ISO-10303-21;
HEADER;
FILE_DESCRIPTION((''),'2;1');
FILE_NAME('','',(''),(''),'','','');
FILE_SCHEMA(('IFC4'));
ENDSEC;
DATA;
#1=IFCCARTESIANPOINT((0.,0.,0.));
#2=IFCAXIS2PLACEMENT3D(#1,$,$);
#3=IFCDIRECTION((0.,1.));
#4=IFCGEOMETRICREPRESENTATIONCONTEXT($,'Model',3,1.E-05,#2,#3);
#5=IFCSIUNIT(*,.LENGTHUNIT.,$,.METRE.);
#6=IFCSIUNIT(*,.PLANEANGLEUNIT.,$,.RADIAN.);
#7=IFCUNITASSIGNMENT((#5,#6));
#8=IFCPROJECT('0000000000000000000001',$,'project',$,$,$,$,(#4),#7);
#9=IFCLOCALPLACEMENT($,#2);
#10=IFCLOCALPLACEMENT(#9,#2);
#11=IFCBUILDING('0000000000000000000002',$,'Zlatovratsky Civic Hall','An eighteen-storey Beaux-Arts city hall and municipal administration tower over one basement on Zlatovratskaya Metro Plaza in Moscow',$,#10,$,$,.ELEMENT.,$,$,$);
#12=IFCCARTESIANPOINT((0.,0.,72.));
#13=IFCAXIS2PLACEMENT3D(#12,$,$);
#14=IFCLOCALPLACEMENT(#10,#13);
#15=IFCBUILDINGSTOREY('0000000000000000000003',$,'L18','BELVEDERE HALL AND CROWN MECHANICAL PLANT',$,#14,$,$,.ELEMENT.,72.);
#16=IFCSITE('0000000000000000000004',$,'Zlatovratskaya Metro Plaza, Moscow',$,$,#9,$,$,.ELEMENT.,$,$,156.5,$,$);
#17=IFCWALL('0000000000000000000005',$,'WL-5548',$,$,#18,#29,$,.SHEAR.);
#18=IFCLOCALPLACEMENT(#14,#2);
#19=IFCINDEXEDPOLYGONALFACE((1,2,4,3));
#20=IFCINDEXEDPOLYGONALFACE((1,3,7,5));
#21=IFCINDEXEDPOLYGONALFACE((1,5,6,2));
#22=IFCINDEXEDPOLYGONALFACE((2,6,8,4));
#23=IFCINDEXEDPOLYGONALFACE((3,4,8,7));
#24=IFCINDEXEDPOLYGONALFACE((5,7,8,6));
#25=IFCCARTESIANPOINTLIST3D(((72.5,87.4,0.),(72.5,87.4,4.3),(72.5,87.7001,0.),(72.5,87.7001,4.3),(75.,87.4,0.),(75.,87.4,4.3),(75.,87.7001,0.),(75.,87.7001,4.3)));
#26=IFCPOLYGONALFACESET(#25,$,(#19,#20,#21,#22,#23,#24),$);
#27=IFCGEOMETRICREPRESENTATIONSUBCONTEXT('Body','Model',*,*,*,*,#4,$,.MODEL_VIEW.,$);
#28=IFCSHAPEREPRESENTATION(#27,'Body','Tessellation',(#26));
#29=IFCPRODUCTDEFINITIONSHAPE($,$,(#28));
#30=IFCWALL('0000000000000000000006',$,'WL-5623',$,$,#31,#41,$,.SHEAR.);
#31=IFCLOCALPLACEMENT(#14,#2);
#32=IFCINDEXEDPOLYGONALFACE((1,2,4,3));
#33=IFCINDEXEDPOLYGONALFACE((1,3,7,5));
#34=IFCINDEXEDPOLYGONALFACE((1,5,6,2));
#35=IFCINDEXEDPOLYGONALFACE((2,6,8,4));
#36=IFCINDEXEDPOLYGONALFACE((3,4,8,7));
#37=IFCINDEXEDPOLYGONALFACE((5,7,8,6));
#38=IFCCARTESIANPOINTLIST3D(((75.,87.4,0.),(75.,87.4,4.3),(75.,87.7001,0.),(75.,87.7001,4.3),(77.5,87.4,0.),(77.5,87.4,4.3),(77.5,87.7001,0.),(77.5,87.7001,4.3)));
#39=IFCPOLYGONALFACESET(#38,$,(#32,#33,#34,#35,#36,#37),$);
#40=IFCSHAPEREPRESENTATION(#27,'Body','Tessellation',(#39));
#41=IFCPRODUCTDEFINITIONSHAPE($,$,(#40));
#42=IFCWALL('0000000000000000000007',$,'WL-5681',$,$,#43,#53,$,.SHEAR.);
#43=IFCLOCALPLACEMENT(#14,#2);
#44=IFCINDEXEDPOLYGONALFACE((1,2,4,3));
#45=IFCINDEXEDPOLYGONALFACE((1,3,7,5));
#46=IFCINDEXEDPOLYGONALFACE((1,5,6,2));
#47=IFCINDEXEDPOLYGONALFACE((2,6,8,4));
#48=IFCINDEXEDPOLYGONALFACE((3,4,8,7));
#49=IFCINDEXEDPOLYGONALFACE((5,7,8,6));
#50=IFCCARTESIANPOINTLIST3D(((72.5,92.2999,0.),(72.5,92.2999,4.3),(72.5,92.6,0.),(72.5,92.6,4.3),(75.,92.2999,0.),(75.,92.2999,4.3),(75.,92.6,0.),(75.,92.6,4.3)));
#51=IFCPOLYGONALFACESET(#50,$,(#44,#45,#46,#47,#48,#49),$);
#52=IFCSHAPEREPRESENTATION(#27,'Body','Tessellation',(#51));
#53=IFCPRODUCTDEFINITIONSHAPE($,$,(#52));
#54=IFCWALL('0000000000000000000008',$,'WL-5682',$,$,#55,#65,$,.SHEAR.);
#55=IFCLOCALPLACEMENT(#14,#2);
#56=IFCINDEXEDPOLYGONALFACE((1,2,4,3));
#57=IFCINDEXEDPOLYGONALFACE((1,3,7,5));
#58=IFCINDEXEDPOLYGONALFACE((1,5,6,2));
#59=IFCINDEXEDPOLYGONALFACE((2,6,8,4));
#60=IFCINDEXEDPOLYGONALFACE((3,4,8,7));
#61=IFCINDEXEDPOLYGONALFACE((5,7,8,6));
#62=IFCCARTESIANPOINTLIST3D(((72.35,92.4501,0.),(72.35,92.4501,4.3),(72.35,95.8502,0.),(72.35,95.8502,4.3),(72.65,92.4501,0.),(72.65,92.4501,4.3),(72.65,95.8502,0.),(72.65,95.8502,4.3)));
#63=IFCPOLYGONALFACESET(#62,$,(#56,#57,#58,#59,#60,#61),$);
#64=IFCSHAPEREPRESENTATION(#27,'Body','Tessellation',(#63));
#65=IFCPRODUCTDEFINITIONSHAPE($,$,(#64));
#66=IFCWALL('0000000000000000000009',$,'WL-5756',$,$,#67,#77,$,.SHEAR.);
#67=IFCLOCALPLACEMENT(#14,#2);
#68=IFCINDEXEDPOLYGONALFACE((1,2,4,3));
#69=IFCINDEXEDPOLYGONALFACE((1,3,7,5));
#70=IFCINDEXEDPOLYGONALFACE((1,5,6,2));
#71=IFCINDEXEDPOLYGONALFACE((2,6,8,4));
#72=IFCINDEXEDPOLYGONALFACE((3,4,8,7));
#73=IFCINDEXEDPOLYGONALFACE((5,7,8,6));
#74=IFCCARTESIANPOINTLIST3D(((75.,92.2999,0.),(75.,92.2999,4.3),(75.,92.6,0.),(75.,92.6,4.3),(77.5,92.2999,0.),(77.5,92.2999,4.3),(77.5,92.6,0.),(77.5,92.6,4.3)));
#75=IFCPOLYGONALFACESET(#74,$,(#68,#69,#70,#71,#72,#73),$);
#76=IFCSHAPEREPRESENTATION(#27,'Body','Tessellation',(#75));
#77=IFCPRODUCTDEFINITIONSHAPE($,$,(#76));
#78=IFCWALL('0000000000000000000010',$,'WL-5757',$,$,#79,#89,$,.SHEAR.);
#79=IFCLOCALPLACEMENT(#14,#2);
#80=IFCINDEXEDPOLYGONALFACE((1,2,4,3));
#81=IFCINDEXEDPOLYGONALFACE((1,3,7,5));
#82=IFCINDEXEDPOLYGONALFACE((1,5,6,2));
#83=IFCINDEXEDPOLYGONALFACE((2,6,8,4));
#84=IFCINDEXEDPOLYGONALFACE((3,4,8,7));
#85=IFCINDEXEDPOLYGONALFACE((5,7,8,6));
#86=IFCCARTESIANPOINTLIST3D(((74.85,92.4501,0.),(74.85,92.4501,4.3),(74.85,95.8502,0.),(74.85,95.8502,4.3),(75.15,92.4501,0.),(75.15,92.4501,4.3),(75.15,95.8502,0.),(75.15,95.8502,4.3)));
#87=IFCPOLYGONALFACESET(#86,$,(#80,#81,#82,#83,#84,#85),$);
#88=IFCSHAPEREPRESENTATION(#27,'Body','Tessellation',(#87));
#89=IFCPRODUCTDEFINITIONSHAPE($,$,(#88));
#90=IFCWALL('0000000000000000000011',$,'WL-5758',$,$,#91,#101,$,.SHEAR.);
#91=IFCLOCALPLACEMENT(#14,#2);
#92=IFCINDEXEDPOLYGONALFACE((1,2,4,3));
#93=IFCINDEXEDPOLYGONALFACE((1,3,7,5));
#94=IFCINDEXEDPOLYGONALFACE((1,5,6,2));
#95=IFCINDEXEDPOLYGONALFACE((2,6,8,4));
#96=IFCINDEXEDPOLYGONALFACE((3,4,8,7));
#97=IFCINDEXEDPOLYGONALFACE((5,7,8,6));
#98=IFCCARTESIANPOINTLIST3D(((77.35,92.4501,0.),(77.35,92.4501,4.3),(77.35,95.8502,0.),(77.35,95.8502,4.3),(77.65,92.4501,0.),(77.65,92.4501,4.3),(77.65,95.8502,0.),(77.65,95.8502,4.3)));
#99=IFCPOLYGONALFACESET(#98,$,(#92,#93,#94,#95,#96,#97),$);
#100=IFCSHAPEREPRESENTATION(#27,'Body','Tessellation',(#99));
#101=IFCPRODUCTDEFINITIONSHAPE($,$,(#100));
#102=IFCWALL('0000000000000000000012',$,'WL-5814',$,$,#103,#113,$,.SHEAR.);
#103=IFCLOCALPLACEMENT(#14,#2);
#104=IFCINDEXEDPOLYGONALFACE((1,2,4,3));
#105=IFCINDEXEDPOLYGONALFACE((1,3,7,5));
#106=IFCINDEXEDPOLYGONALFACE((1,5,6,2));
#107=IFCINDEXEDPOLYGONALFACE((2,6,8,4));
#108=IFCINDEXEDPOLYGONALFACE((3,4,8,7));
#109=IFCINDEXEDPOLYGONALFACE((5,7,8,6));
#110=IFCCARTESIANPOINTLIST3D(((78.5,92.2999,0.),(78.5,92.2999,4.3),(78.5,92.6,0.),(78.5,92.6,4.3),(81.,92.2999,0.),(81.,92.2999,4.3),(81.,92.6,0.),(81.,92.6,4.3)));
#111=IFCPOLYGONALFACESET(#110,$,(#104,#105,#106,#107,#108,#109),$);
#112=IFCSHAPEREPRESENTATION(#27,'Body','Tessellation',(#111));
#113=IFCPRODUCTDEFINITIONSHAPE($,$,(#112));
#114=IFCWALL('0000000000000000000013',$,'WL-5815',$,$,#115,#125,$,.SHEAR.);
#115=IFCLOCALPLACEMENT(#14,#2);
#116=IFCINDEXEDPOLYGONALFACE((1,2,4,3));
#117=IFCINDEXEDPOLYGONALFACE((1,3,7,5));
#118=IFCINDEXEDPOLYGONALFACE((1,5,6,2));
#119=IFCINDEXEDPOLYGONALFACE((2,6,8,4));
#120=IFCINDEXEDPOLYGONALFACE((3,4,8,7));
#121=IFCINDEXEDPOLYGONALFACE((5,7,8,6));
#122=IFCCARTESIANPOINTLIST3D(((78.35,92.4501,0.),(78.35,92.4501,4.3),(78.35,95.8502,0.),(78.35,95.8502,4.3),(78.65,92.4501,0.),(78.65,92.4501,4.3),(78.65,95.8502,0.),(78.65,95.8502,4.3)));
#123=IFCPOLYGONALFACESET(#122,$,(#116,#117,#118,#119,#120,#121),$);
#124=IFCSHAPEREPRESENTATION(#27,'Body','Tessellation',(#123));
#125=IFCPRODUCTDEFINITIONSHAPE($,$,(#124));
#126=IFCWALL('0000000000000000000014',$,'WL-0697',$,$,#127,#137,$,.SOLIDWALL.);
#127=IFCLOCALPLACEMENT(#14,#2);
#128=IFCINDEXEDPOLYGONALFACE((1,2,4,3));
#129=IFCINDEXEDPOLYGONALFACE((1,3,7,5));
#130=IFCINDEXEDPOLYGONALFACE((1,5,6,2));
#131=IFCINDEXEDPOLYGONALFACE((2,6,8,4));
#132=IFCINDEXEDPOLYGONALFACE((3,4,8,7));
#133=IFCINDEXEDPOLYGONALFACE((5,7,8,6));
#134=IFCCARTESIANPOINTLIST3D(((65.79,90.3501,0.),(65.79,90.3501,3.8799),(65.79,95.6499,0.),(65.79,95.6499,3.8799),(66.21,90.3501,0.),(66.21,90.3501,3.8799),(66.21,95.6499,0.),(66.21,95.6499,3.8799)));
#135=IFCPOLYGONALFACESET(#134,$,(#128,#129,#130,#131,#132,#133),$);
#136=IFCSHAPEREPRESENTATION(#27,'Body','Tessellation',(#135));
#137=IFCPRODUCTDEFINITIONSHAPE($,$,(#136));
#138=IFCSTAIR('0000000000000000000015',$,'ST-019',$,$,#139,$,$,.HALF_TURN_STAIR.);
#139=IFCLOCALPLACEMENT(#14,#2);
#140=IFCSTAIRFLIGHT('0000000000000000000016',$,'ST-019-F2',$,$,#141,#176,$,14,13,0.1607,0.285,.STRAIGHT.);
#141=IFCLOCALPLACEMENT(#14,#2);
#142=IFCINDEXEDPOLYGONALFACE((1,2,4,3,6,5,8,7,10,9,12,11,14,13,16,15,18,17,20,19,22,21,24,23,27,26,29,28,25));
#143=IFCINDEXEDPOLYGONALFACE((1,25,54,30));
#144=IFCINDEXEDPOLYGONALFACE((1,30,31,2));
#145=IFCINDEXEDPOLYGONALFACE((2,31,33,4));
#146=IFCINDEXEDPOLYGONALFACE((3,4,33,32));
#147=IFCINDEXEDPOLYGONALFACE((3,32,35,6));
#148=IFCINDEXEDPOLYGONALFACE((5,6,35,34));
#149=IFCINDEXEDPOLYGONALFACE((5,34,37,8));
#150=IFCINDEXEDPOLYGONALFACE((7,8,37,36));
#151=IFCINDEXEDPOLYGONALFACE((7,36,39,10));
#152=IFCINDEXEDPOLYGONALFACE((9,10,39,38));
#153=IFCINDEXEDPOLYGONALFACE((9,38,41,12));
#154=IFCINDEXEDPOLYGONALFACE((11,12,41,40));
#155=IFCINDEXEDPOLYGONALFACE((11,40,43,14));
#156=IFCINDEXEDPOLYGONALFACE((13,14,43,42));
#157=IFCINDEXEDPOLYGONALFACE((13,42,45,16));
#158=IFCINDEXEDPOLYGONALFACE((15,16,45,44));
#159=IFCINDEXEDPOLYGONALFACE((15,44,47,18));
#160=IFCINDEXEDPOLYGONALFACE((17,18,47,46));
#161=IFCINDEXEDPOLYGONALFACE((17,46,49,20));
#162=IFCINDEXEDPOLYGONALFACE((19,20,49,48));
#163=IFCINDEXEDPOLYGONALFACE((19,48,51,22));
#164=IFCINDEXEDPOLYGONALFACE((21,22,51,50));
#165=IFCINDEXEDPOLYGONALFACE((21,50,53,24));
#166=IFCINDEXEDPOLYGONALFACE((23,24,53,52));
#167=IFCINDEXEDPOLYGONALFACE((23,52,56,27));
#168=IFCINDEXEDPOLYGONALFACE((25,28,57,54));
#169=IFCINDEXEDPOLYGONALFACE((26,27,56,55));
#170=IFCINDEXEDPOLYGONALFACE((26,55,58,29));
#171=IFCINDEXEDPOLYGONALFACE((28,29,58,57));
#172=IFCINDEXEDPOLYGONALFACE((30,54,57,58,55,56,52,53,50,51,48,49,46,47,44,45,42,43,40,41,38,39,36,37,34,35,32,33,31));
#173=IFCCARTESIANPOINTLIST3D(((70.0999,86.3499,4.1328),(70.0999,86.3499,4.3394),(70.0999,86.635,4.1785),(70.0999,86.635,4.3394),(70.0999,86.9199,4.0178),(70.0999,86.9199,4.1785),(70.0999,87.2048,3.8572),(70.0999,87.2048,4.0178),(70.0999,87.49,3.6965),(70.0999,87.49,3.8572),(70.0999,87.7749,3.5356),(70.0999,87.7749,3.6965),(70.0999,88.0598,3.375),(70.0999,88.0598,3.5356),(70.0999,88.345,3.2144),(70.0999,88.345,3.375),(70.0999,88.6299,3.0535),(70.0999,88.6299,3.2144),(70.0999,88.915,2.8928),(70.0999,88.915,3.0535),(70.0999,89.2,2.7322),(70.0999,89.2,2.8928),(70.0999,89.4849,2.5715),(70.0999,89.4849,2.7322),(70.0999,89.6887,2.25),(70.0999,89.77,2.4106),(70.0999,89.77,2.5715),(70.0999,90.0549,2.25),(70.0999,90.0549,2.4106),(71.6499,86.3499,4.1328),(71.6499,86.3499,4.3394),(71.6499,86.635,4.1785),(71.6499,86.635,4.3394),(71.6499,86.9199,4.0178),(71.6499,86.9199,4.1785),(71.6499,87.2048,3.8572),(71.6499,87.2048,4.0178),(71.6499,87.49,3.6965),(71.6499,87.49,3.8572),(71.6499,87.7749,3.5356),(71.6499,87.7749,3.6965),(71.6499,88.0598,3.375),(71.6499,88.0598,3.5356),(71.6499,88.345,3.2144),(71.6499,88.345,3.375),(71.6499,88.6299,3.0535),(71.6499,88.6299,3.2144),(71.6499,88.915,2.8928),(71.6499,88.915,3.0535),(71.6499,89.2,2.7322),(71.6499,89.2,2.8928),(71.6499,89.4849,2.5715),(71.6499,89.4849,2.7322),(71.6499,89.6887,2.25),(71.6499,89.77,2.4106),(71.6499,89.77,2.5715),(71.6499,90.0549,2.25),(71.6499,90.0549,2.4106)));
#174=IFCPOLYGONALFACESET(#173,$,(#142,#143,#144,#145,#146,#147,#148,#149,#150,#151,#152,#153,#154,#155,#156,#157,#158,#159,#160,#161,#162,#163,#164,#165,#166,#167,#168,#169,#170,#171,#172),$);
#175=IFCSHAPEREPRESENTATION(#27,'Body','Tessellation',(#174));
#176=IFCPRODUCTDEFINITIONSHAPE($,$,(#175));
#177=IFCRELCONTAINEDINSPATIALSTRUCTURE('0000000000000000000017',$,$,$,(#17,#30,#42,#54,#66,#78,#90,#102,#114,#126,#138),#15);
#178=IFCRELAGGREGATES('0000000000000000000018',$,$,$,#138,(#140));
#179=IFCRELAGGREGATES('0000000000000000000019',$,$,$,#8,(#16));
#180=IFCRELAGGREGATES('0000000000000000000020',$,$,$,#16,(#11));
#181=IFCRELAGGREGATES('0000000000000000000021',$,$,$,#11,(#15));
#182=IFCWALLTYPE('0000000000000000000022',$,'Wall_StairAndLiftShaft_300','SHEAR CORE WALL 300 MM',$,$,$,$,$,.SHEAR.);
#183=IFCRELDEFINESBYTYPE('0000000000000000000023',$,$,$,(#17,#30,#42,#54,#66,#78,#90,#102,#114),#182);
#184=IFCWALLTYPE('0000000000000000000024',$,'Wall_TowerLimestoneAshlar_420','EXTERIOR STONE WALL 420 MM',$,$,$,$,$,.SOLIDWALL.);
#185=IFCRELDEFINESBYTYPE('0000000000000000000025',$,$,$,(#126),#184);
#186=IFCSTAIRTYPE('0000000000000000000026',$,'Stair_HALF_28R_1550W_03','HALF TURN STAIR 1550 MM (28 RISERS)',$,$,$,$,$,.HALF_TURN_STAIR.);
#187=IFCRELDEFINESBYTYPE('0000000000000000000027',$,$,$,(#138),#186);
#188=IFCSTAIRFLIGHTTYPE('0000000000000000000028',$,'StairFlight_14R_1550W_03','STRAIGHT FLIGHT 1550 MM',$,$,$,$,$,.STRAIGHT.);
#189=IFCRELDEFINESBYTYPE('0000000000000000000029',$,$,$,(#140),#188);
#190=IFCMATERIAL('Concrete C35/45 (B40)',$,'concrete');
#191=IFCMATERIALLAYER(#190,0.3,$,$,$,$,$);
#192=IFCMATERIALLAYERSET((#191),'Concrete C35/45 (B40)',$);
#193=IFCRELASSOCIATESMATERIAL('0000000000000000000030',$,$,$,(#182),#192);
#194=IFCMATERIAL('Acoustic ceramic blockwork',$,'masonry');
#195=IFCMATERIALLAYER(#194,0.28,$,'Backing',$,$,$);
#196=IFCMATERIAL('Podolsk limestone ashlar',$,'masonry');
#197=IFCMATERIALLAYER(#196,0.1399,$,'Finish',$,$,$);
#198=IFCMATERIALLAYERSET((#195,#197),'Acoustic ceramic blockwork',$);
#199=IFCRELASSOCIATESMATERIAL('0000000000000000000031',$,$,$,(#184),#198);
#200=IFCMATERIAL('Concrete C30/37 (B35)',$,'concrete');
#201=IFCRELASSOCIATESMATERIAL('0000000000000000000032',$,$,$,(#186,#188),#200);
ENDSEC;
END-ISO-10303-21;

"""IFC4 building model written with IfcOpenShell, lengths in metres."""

from ifc_helpers import new_model, si_unit, direction, frame, frame_2d, origin, place, context, subcontext, project, spatial, polyline, rectangle, outline, extrude, material, layer, layer_set, type_object, element, aggregate, save


model = new_model("IFC4")

# Units and contexts
model_context = context("Model", 3, precision=1e-05, world=origin(), true_north=direction((0.0, 1.0)))
body_context = subcontext(model_context, "Body", "Model", "MODEL_VIEW")
ifc_project = project(units=[si_unit("LENGTHUNIT", "METRE"), si_unit("PLANEANGLEUNIT", "RADIAN")], contexts=[model_context])

# Site, building, storey
site_placement = place(None, origin())
site = spatial("IfcSite", under=ifc_project, at=site_placement, Name="Zlatovratskaya Metro Plaza, Moscow", CompositionType="ELEMENT", RefElevation=156.5)
building_placement = place(site_placement, origin())
building = spatial("IfcBuilding", under=site, at=building_placement, Name="Zlatovratsky Civic Hall", Description="An eighteen-storey Beaux-Arts city hall and municipal administration tower over one basement on Zlatovratskaya Metro Plaza in Moscow", CompositionType="ELEMENT")
storey_placement = place(building_placement, frame((0.0, 0.0, 72.0)))
storey = spatial("IfcBuildingStorey", under=building, at=storey_placement, Name="L18", Description="BELVEDERE HALL AND CROWN MECHANICAL PLANT", CompositionType="ELEMENT", Elevation=72.0)

# Shared definitions
ifc_material_1 = material(Name="Concrete C35/45 (B40)", Category="concrete")

# Walls
ifc_material_2 = material(Name="Acoustic ceramic blockwork", Category="masonry")
ifc_layer_1 = layer(ifc_material_1, 0.3)
ifc_layer_set_1 = layer_set([ifc_layer_1], Name="Concrete C35/45 (B40)")
wall_type_1 = type_object("IfcWallType", Name="Wall_StairAndLiftShaft_300", Description="SHEAR CORE WALL 300 MM", PredefinedType="SHEAR", material=ifc_layer_set_1)
for number, where, z_axis, x_axis, name in (
    (1, (72.5, 87.55, 0.0), (0.0, 0.0, 1.0), (1.0, 0.0, 0.0), "WL-5548"),
    (2, (75.0, 87.55, 0.0), (0.0, 0.0, 1.0), (1.0, 0.0, 0.0), "WL-5623"),
    (3, (72.5, 92.45, 0.0), (0.0, 0.0, 1.0), (1.0, 0.0, 0.0), "WL-5681"),
):
    element("IfcWall", number, at=place(storey_placement, frame(where, z_axis=z_axis, x_axis=x_axis)), inside=storey, type_object=wall_type_1, Name=name, PredefinedType="SHEAR", context=body_context, shape_type="SweptSolid", body=[
        extrude(rectangle(XDim=2.5, YDim=0.3, at=frame_2d((1.25, 0.0))), origin(), (0.0, 0.0, 1.0), 4.3),
    ])
wall_1_placement = place(storey_placement, frame((72.5, 92.45, 0.0), z_axis=(0.0, 0.0, 1.0), x_axis=(0.0, 1.0, 0.0)))
element("IfcWall", 4, at=wall_1_placement, inside=storey, type_object=wall_type_1, Name="WL-5682", PredefinedType="SHEAR", context=body_context, shape_type="SweptSolid", body=[
    extrude(rectangle(XDim=3.4001, YDim=0.3, at=frame_2d((1.7002, 0.0))), origin(), (0.0, 0.0, 1.0), 4.3),
])
wall_2_placement = place(storey_placement, frame((75.0, 92.45, 0.0), z_axis=(0.0, 0.0, 1.0), x_axis=(1.0, 0.0, 0.0)))
element("IfcWall", 5, at=wall_2_placement, inside=storey, type_object=wall_type_1, Name="WL-5756", PredefinedType="SHEAR", context=body_context, shape_type="SweptSolid", body=[
    extrude(rectangle(XDim=2.5, YDim=0.3, at=frame_2d((1.25, 0.0))), origin(), (0.0, 0.0, 1.0), 4.3),
])
for number, where, z_axis, x_axis, name in (
    (6, (75.0, 92.45, 0.0), (0.0, 0.0, 1.0), (0.0, 1.0, 0.0), "WL-5757"),
    (7, (77.5, 92.45, 0.0), (0.0, 0.0, 1.0), (0.0, 1.0, 0.0), "WL-5758"),
):
    element("IfcWall", number, at=place(storey_placement, frame(where, z_axis=z_axis, x_axis=x_axis)), inside=storey, type_object=wall_type_1, Name=name, PredefinedType="SHEAR", context=body_context, shape_type="SweptSolid", body=[
        extrude(rectangle(XDim=3.4001, YDim=0.3, at=frame_2d((1.7002, 0.0))), origin(), (0.0, 0.0, 1.0), 4.3),
    ])
wall_3_placement = place(storey_placement, frame((78.5, 92.45, 0.0), z_axis=(0.0, 0.0, 1.0), x_axis=(1.0, 0.0, 0.0)))
element("IfcWall", 8, at=wall_3_placement, inside=storey, type_object=wall_type_1, Name="WL-5814", PredefinedType="SHEAR", context=body_context, shape_type="SweptSolid", body=[
    extrude(rectangle(XDim=2.5, YDim=0.3, at=frame_2d((1.25, 0.0))), origin(), (0.0, 0.0, 1.0), 4.3),
])
wall_4_placement = place(storey_placement, frame((78.5, 92.45, 0.0), z_axis=(0.0, 0.0, 1.0), x_axis=(0.0, 1.0, 0.0)))
element("IfcWall", 9, at=wall_4_placement, inside=storey, type_object=wall_type_1, Name="WL-5815", PredefinedType="SHEAR", context=body_context, shape_type="SweptSolid", body=[
    extrude(rectangle(XDim=3.4001, YDim=0.3, at=frame_2d((1.7002, 0.0))), origin(), (0.0, 0.0, 1.0), 4.3),
])
ifc_layer_2 = layer(ifc_material_2, 0.28, Name="Backing")
ifc_material_3 = material(Name="Podolsk limestone ashlar", Category="masonry")
ifc_layer_3 = layer(ifc_material_3, 0.1399, Name="Finish")
ifc_layer_set_2 = layer_set([ifc_layer_2, ifc_layer_3], Name="Acoustic ceramic blockwork")
wall_type_2 = type_object("IfcWallType", Name="Wall_TowerLimestoneAshlar_420", Description="EXTERIOR STONE WALL 420 MM", PredefinedType="SOLIDWALL", material=ifc_layer_set_2)
wall_5_placement = place(storey_placement, frame((66.0, 90.3501, 0.0), z_axis=(0.0, 0.0, 1.0), x_axis=(0.0, 1.0, 0.0)))
element("IfcWall", 10, at=wall_5_placement, inside=storey, type_object=wall_type_2, Name="WL-0697", PredefinedType="SOLIDWALL", context=body_context, shape_type="SweptSolid", body=[
    extrude(rectangle(XDim=5.2998, YDim=0.4199, at=frame_2d((2.6499, 0.0))), origin(), (0.0, 0.0, 1.0), 3.8799),
])

# Stair, stair flight
ifc_material_4 = material(Name="Concrete C30/37 (B35)", Category="concrete")
stair_type = type_object("IfcStairType", Name="Stair_HALF_28R_1550W_03", Description="HALF TURN STAIR 1550 MM (28 RISERS)", PredefinedType="HALF_TURN_STAIR", material=ifc_material_4)
stair_placement = place(storey_placement, origin())
stair = element("IfcStair", 11, at=stair_placement, inside=storey, type_object=stair_type, Name="ST-019", PredefinedType="HALF_TURN_STAIR")
stair_flight_type = type_object("IfcStairFlightType", Name="StairFlight_14R_1550W_03", Description="STRAIGHT FLIGHT 1550 MM", PredefinedType="STRAIGHT", material=ifc_material_4)
stair_flight_placement = place(storey_placement, frame((70.875, 90.0549, 2.25), z_axis=(0.0, 0.0, 1.0), x_axis=(0.0, -1.0, 0.0)))
stair_flight = element("IfcStairFlight", 12, at=stair_flight_placement, type_object=stair_flight_type, Name="ST-019-F2", NumberOfRisers=14, NumberOfTreads=13, PredefinedType="STRAIGHT", RiserHeight=0.1607, TreadLength=0.285, context=body_context, shape_type="SweptSolid", body=[
    extrude(outline(polyline([(0.0, 0.0), (0.0, 0.1606), (0.2849, 0.1606), (0.2849, 0.3215), (0.5701, 0.3215), (0.5701, 0.4822), (0.855, 0.4822), (0.855, 0.6428), (1.1399, 0.6428), (1.1399, 0.8035), (1.425, 0.8035), (1.425, 0.9644), (1.71, 0.9644), (1.71, 1.125), (1.9951, 1.125), (1.9951, 1.2856), (2.28, 1.2856), (2.28, 1.4465), (2.5649, 1.4465), (2.5649, 1.6072), (2.8501, 1.6072), (2.8501, 1.7678), (3.135, 1.7678), (3.135, 1.9285), (3.4199, 1.9285), (3.4199, 2.0894), (3.7051, 2.0894), (3.7051, 2.25), (3.7051, 1.8828), (0.3662, 0.0), (0.0, 0.0)])), frame((0.0, 0.7749, 0.0), z_axis=(0.0, -1.0, 0.0), x_axis=(1.0, 0.0, 0.0)), (0.0, 0.0, 1.0), 1.55),
])
aggregate(stair, [stair_flight])

save(model, "model.ifc")
